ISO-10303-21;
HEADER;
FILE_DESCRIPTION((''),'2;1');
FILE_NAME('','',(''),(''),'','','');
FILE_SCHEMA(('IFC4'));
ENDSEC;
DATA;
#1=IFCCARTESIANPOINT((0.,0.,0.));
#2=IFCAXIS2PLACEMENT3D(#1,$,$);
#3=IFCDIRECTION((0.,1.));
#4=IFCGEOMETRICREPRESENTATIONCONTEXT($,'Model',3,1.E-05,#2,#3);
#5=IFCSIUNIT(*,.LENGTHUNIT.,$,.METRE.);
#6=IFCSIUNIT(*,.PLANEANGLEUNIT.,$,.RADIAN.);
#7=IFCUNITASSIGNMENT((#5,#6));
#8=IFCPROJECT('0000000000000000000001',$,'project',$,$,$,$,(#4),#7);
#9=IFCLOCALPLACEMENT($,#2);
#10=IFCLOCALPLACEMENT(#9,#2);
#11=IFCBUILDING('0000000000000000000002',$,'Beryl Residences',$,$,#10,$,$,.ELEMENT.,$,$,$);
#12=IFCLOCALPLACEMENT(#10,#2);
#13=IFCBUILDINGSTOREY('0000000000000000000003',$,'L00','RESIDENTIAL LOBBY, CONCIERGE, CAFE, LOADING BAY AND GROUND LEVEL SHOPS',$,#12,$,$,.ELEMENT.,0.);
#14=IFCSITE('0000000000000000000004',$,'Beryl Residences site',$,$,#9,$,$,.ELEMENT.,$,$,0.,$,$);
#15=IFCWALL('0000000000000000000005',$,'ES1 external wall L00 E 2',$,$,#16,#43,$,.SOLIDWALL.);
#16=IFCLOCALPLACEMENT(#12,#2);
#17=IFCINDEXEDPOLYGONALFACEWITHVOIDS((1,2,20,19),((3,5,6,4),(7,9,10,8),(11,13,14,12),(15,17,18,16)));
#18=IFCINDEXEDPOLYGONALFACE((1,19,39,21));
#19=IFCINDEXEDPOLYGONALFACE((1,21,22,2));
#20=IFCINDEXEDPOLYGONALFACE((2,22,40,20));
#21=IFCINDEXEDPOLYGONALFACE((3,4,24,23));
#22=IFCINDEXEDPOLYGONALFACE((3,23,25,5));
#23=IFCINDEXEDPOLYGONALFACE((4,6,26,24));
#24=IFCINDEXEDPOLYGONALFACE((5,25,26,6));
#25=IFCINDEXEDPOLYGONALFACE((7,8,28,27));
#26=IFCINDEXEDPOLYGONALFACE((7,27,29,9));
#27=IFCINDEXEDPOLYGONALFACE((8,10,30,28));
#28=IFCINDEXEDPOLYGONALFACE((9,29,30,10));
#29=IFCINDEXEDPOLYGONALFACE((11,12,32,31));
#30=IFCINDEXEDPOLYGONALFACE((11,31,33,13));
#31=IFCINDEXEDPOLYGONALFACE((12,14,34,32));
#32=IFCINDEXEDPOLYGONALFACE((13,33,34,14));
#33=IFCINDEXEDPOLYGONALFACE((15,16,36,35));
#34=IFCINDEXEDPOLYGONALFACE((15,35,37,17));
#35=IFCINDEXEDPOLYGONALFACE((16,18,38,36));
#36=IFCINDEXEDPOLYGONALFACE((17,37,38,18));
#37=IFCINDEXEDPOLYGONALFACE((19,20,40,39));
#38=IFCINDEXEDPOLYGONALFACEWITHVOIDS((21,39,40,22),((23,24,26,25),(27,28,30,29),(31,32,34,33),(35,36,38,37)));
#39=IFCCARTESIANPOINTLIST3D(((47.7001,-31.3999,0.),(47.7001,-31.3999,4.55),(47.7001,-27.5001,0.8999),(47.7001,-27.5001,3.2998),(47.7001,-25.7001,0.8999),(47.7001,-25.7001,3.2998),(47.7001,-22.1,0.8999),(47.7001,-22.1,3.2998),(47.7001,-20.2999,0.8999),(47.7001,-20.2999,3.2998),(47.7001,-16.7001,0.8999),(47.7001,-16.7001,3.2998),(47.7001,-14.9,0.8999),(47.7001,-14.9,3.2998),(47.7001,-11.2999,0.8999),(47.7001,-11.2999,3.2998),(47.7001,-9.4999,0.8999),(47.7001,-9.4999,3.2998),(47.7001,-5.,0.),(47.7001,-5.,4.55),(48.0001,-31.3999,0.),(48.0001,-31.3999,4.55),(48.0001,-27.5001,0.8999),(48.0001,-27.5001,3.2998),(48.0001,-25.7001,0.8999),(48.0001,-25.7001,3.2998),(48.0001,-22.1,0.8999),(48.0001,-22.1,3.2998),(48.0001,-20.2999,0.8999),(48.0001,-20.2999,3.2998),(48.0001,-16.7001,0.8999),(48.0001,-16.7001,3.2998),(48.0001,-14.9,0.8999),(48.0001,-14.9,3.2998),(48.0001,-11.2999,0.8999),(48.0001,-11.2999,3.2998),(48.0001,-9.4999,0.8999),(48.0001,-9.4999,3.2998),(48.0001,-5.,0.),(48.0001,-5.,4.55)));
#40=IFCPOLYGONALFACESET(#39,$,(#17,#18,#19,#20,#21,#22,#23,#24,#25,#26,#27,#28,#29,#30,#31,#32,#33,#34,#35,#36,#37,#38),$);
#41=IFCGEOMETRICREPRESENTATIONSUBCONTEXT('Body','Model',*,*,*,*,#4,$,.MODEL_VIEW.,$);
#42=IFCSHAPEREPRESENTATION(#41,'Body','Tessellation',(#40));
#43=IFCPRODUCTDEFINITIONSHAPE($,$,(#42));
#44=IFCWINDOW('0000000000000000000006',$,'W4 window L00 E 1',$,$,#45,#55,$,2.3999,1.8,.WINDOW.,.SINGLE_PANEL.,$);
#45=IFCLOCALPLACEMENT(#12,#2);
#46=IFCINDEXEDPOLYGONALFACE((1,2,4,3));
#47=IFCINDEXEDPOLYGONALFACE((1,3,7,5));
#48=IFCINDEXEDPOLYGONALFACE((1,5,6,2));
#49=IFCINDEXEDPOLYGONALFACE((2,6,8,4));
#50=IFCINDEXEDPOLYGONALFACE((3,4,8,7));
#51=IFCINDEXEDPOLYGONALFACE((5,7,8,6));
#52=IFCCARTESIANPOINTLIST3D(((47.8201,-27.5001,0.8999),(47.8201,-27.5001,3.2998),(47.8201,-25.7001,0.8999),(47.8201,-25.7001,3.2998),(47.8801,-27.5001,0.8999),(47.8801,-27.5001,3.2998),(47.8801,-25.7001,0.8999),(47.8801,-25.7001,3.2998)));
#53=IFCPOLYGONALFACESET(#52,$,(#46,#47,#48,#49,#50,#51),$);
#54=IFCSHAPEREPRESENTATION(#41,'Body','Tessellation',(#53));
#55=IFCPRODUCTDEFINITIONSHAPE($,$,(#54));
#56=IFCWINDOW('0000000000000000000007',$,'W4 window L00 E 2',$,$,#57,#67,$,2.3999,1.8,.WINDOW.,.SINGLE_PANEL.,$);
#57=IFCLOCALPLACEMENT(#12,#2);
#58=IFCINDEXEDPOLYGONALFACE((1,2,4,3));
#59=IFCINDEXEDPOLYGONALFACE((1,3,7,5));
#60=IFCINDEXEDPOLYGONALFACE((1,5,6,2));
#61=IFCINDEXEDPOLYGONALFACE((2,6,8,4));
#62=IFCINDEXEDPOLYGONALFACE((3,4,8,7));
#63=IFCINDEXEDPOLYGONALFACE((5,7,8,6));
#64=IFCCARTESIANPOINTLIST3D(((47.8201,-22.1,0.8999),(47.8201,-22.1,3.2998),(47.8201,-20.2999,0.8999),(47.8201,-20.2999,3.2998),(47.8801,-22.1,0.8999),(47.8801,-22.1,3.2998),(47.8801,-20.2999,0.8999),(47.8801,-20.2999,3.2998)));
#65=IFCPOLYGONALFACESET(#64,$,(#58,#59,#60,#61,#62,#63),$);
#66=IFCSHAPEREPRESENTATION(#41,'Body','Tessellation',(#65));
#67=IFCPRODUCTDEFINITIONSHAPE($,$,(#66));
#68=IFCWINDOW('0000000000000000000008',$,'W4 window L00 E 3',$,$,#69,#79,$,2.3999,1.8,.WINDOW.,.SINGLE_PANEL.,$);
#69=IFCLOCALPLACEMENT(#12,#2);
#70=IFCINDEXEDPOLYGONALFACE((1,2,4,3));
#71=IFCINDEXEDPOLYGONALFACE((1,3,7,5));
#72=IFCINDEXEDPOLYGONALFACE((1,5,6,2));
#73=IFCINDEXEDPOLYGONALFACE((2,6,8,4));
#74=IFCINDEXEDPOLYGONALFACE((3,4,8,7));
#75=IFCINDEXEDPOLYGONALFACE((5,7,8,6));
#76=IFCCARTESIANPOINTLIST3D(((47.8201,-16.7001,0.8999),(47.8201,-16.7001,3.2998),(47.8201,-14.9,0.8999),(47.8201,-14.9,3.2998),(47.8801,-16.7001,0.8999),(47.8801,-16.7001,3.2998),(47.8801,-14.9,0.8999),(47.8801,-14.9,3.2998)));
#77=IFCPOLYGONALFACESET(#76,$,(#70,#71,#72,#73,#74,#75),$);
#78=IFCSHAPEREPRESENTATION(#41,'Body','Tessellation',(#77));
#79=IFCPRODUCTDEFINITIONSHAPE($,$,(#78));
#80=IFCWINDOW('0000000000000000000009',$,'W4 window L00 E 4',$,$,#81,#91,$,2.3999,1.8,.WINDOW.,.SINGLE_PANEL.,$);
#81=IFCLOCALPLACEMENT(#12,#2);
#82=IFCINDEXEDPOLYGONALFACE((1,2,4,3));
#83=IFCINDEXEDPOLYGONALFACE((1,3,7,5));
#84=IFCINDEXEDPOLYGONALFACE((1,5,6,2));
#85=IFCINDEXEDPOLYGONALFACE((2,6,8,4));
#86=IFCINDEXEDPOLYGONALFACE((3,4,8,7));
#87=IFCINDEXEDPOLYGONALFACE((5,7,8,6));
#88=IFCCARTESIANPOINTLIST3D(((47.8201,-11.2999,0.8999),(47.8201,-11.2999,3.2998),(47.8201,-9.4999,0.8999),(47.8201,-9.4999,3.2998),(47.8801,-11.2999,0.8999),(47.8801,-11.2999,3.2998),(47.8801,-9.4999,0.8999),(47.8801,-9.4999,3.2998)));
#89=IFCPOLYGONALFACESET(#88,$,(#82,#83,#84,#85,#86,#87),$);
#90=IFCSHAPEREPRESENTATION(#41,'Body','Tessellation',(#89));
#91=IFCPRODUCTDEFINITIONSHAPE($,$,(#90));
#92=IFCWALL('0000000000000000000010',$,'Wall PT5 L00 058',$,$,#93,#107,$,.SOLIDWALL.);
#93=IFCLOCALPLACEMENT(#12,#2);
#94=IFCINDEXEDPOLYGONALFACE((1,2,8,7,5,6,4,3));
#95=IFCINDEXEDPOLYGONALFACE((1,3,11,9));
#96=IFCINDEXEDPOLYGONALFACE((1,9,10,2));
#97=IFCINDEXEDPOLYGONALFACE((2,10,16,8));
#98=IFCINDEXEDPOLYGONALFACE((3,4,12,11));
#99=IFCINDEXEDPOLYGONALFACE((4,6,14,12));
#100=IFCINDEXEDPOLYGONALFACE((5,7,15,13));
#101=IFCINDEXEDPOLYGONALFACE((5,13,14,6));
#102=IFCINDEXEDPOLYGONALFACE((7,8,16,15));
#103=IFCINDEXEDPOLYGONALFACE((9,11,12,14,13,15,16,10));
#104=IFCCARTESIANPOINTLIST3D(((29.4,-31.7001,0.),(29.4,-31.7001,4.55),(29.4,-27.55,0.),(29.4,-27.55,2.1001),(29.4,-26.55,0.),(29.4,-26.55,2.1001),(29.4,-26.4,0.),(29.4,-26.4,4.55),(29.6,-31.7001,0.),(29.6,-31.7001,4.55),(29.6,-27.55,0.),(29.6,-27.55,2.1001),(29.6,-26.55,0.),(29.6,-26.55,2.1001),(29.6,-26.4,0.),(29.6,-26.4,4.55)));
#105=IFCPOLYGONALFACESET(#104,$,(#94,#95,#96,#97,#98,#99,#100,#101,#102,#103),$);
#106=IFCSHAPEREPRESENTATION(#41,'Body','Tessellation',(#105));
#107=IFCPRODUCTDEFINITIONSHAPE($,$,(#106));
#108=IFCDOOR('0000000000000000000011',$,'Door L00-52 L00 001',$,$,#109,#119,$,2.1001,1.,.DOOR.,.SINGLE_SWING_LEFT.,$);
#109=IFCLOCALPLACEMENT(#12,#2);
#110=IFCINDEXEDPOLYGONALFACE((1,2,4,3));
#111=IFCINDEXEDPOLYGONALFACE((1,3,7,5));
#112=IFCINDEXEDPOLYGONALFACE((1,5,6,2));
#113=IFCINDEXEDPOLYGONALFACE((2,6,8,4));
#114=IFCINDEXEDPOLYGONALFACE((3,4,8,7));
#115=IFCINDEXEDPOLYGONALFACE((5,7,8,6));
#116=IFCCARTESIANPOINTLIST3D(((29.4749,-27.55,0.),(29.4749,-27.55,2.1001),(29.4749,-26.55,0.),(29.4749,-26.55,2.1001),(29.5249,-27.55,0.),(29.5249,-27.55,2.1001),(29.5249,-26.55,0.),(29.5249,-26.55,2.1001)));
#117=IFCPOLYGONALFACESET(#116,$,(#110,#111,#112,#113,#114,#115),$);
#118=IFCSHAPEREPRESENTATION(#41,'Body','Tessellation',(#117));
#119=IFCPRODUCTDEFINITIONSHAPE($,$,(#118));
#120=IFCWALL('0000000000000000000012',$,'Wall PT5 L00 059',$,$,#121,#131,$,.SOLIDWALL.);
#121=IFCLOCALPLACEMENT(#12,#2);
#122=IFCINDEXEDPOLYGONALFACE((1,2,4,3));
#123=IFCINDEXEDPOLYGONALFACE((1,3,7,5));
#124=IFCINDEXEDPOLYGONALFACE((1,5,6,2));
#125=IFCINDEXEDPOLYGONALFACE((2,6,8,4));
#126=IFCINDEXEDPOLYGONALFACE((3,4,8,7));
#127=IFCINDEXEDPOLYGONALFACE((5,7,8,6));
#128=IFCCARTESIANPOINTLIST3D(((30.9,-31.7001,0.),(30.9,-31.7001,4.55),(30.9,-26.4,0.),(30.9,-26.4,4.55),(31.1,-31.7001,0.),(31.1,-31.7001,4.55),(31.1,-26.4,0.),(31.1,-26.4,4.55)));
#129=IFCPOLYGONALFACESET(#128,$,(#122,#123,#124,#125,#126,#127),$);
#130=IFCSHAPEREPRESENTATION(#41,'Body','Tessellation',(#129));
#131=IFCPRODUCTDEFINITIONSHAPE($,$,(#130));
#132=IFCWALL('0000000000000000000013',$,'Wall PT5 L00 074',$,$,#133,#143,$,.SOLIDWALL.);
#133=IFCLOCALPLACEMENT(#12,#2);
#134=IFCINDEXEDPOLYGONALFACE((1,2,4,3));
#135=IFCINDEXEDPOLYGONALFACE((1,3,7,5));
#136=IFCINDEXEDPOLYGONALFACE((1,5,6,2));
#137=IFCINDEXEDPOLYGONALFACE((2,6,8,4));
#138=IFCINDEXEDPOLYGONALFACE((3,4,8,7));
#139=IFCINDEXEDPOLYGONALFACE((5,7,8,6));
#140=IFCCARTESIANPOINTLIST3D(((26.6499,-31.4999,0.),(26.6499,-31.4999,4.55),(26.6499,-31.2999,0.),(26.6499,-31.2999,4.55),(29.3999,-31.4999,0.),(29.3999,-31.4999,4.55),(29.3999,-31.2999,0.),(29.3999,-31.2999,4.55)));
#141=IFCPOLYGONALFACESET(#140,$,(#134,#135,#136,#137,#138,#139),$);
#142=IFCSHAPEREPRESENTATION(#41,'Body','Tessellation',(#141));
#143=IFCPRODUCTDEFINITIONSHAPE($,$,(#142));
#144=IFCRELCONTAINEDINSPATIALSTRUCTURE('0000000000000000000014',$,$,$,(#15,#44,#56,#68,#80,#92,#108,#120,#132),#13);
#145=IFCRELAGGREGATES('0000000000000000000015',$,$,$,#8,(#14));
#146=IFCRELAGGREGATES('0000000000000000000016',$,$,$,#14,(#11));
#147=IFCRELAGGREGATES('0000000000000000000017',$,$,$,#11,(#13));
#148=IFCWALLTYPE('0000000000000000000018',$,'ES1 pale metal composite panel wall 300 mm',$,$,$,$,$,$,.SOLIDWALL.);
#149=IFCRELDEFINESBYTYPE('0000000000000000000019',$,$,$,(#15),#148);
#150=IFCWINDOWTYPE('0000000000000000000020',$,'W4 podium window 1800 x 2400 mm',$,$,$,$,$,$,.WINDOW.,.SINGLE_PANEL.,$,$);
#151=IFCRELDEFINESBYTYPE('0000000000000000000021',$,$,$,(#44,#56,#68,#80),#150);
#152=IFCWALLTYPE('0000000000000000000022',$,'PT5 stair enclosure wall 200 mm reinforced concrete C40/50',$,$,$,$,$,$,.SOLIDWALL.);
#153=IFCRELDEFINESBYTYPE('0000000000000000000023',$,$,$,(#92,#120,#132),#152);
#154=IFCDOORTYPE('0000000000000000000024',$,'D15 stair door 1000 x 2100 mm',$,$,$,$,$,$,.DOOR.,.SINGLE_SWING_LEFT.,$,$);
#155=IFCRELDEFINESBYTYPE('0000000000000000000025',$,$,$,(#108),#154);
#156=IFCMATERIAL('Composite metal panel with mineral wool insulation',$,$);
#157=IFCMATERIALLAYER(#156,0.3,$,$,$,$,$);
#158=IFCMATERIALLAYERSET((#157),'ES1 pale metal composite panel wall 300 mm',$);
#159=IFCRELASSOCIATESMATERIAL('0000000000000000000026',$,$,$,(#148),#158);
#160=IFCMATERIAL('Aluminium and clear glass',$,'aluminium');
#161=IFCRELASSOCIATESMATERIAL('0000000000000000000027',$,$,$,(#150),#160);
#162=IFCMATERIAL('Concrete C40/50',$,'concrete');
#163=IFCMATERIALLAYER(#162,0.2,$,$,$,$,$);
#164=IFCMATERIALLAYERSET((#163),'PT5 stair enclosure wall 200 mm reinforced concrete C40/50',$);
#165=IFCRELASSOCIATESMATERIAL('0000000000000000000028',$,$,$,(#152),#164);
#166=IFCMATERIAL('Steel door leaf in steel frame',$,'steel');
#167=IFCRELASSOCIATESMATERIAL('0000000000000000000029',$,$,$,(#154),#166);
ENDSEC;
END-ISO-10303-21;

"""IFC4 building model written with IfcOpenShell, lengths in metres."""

from ifc_helpers import new_model, si_unit, direction, frame, frame_2d, origin, place, context, subcontext, project, spatial, rectangle, extrude, material, layer, layer_set, type_object, element, fill, save


model = new_model("IFC4")

# Units and contexts
model_context = context("Model", 3, precision=1e-05, world=origin(), true_north=direction((0.0, 1.0)))
body_context = subcontext(model_context, "Body", "Model", "MODEL_VIEW")
ifc_project = project(units=[si_unit("LENGTHUNIT", "METRE"), si_unit("PLANEANGLEUNIT", "RADIAN")], contexts=[model_context])

# Site, building, storey
site_placement = place(None, origin())
site = spatial("IfcSite", under=ifc_project, at=site_placement, Name="Beryl Residences site", CompositionType="ELEMENT", RefElevation=0.0)
building_placement = place(site_placement, origin())
building = spatial("IfcBuilding", under=site, at=building_placement, Name="Beryl Residences", CompositionType="ELEMENT")
storey_placement = place(building_placement, origin())
storey = spatial("IfcBuildingStorey", under=building, at=storey_placement, Name="L00", Description="RESIDENTIAL LOBBY, CONCIERGE, CAFE, LOADING BAY AND GROUND LEVEL SHOPS", CompositionType="ELEMENT", Elevation=0.0)

# Shared definitions
ifc_material_1 = material(Name="Composite metal panel with mineral wool insulation")
ifc_layer_1 = layer(ifc_material_1, 0.3)
ifc_layer_set_1 = layer_set([ifc_layer_1], Name="ES1 pale metal composite panel wall 300 mm")
wall_type_1 = type_object("IfcWallType", Name="ES1 pale metal composite panel wall 300 mm", PredefinedType="SOLIDWALL", material=ifc_layer_set_1)

# Wall, openings, windows
wall_1_placement = place(storey_placement, frame((47.8501, -31.3999, 0.0), z_axis=(0.0, 0.0, 1.0), x_axis=(0.0, 1.0, 0.0)))
wall_1 = element("IfcWall", 1, at=wall_1_placement, inside=storey, type_object=wall_type_1, Name="ES1 external wall L00 E 2", PredefinedType="SOLIDWALL", context=body_context, shape_type="SweptSolid", body=[
    extrude(rectangle(XDim=26.3999, YDim=0.3, at=frame_2d((13.2, 0.0))), origin(), (0.0, 0.0, 1.0), 4.55),
])
opening_1_placement = place(wall_1_placement, frame((3.8999, 0.0, 0.8999)))
opening_1 = element("IfcOpeningElement", 2, at=opening_1_placement, cuts=wall_1, PredefinedType="OPENING", context=body_context, shape_type="SweptSolid", body=[
    extrude(rectangle(XDim=1.8, YDim=2.3999, at=frame_2d((0.8999, 1.2))), frame((0.0, 0.1599, 0.0), z_axis=(0.0, -1.0, 0.0), x_axis=(1.0, 0.0, 0.0)), (0.0, 0.0, 1.0), 0.3201),
])
opening_2_placement = place(wall_1_placement, frame((9.3, 0.0, 0.8999)))
opening_2 = element("IfcOpeningElement", 3, at=opening_2_placement, cuts=wall_1, PredefinedType="OPENING", context=body_context, shape_type="SweptSolid", body=[
    extrude(rectangle(XDim=1.8, YDim=2.3999, at=frame_2d((0.8999, 1.2))), frame((0.0, 0.1599, 0.0), z_axis=(0.0, -1.0, 0.0), x_axis=(1.0, 0.0, 0.0)), (0.0, 0.0, 1.0), 0.3201),
])
opening_3_placement = place(wall_1_placement, frame((14.7, 0.0, 0.8999)))
opening_3 = element("IfcOpeningElement", 4, at=opening_3_placement, cuts=wall_1, PredefinedType="OPENING", context=body_context, shape_type="SweptSolid", body=[
    extrude(rectangle(XDim=1.8, YDim=2.3999, at=frame_2d((0.8999, 1.2))), frame((0.0, 0.1599, 0.0), z_axis=(0.0, -1.0, 0.0), x_axis=(1.0, 0.0, 0.0)), (0.0, 0.0, 1.0), 0.3201),
])
opening_4_placement = place(wall_1_placement, frame((20.1001, 0.0, 0.8999)))
opening_4 = element("IfcOpeningElement", 5, at=opening_4_placement, cuts=wall_1, PredefinedType="OPENING", context=body_context, shape_type="SweptSolid", body=[
    extrude(rectangle(XDim=1.8, YDim=2.3999, at=frame_2d((0.8999, 1.2))), frame((0.0, 0.1599, 0.0), z_axis=(0.0, -1.0, 0.0), x_axis=(1.0, 0.0, 0.0)), (0.0, 0.0, 1.0), 0.3201),
])
ifc_material_2 = material(Name="Aluminium and clear glass", Category="aluminium")
window_type = type_object("IfcWindowType", Name="W4 podium window 1800 x 2400 mm", PartitioningType="SINGLE_PANEL", PredefinedType="WINDOW", material=ifc_material_2)
window_1_placement = place(opening_1_placement, origin())
window_1 = element("IfcWindow", 6, at=window_1_placement, inside=storey, type_object=window_type, Name="W4 window L00 E 1", OverallHeight=2.3999, OverallWidth=1.8, PartitioningType="SINGLE_PANEL", PredefinedType="WINDOW", context=body_context, shape_type="SweptSolid", body=[
    extrude(rectangle(XDim=1.8, YDim=2.3999, at=frame_2d((0.8999, 1.2))), frame((0.0, 0.03, 0.0), z_axis=(0.0, -1.0, 0.0), x_axis=(1.0, 0.0, 0.0)), (0.0, 0.0, 1.0), 0.0601),
])
fill(opening_1, window_1)
window_2_placement = place(opening_2_placement, origin())
window_2 = element("IfcWindow", 7, at=window_2_placement, inside=storey, type_object=window_type, Name="W4 window L00 E 2", OverallHeight=2.3999, OverallWidth=1.8, PartitioningType="SINGLE_PANEL", PredefinedType="WINDOW", context=body_context, shape_type="SweptSolid", body=[
    extrude(rectangle(XDim=1.8, YDim=2.3999, at=frame_2d((0.8999, 1.2))), frame((0.0, 0.03, 0.0), z_axis=(0.0, -1.0, 0.0), x_axis=(1.0, 0.0, 0.0)), (0.0, 0.0, 1.0), 0.0601),
])
fill(opening_2, window_2)
window_3_placement = place(opening_3_placement, origin())
window_3 = element("IfcWindow", 8, at=window_3_placement, inside=storey, type_object=window_type, Name="W4 window L00 E 3", OverallHeight=2.3999, OverallWidth=1.8, PartitioningType="SINGLE_PANEL", PredefinedType="WINDOW", context=body_context, shape_type="SweptSolid", body=[
    extrude(rectangle(XDim=1.8, YDim=2.3999, at=frame_2d((0.8999, 1.2))), frame((0.0, 0.03, 0.0), z_axis=(0.0, -1.0, 0.0), x_axis=(1.0, 0.0, 0.0)), (0.0, 0.0, 1.0), 0.0601),
])
fill(opening_3, window_3)
window_4_placement = place(opening_4_placement, origin())
window_4 = element("IfcWindow", 9, at=window_4_placement, inside=storey, type_object=window_type, Name="W4 window L00 E 4", OverallHeight=2.3999, OverallWidth=1.8, PartitioningType="SINGLE_PANEL", PredefinedType="WINDOW", context=body_context, shape_type="SweptSolid", body=[
    extrude(rectangle(XDim=1.8, YDim=2.3999, at=frame_2d((0.8999, 1.2))), frame((0.0, 0.03, 0.0), z_axis=(0.0, -1.0, 0.0), x_axis=(1.0, 0.0, 0.0)), (0.0, 0.0, 1.0), 0.0601),
])
fill(opening_4, window_4)

# Wall, opening, door
ifc_material_3 = material(Name="Concrete C40/50", Category="concrete")
ifc_layer_2 = layer(ifc_material_3, 0.2)
ifc_layer_set_2 = layer_set([ifc_layer_2], Name="PT5 stair enclosure wall 200 mm reinforced concrete C40/50")
wall_type_2 = type_object("IfcWallType", Name="PT5 stair enclosure wall 200 mm reinforced concrete C40/50", PredefinedType="SOLIDWALL", material=ifc_layer_set_2)
wall_2_placement = place(storey_placement, frame((29.5, -31.7, 0.0), z_axis=(0.0, 0.0, 1.0), x_axis=(0.0, 1.0, 0.0)))
wall_2 = element("IfcWall", 10, at=wall_2_placement, inside=storey, type_object=wall_type_2, Name="Wall PT5 L00 058", PredefinedType="SOLIDWALL", context=body_context, shape_type="SweptSolid", body=[
    extrude(rectangle(XDim=5.3, YDim=0.2, at=frame_2d((2.6499, 0.0))), origin(), (0.0, 0.0, 1.0), 4.55),
])
opening_5_placement = place(wall_2_placement, frame((5.1499, 0.0, 0.0), z_axis=(0.0, 0.0, 1.0), x_axis=(-1.0, 0.0, 0.0)))
opening_5 = element("IfcOpeningElement", 11, at=opening_5_placement, cuts=wall_2, PredefinedType="OPENING", context=body_context, shape_type="SweptSolid", body=[
    extrude(rectangle(XDim=1.0, YDim=2.1001, at=frame_2d((0.5, 1.05))), frame((0.0, 0.1099, 0.0), z_axis=(0.0, -1.0, 0.0), x_axis=(1.0, 0.0, 0.0)), (0.0, 0.0, 1.0), 0.22),
])
ifc_material_4 = material(Name="Steel door leaf in steel frame", Category="steel")
door_type_1 = type_object("IfcDoorType", Name="D15 stair door 1000 x 2100 mm", OperationType="SINGLE_SWING_LEFT", PredefinedType="DOOR", material=ifc_material_4)
door_1_placement = place(opening_5_placement, origin())
door_1 = element("IfcDoor", 12, at=door_1_placement, inside=storey, type_object=door_type_1, Name="Door L00-52 L00 001", OperationType="SINGLE_SWING_LEFT", OverallHeight=2.1001, OverallWidth=1.0, PredefinedType="DOOR", context=body_context, shape_type="SweptSolid", body=[
    extrude(rectangle(XDim=1.0, YDim=2.1001, at=frame_2d((0.5, 1.05))), frame((0.0, 0.0249, 0.0), z_axis=(0.0, -1.0, 0.0), x_axis=(1.0, 0.0, 0.0)), (0.0, 0.0, 1.0), 0.05),
])
fill(opening_5, door_1)

# Walls
wall_3_placement = place(storey_placement, frame((31.0, -31.7, 0.0), z_axis=(0.0, 0.0, 1.0), x_axis=(0.0, 1.0, 0.0)))
element("IfcWall", 13, at=wall_3_placement, inside=storey, type_object=wall_type_2, Name="Wall PT5 L00 059", PredefinedType="SOLIDWALL", context=body_context, shape_type="SweptSolid", body=[
    extrude(rectangle(XDim=5.3, YDim=0.2, at=frame_2d((2.6499, 0.0))), origin(), (0.0, 0.0, 1.0), 4.55),
])
wall_4_placement = place(storey_placement, frame((26.6499, -31.3999, 0.0), z_axis=(0.0, 0.0, 1.0), x_axis=(1.0, 0.0, 0.0)))
element("IfcWall", 14, at=wall_4_placement, inside=storey, type_object=wall_type_2, Name="Wall PT5 L00 074", PredefinedType="SOLIDWALL", context=body_context, shape_type="SweptSolid", body=[
    extrude(rectangle(XDim=2.75, YDim=0.2, at=frame_2d((1.375, 0.0))), origin(), (0.0, 0.0, 1.0), 4.55),
])

save(model, "model.ifc")
